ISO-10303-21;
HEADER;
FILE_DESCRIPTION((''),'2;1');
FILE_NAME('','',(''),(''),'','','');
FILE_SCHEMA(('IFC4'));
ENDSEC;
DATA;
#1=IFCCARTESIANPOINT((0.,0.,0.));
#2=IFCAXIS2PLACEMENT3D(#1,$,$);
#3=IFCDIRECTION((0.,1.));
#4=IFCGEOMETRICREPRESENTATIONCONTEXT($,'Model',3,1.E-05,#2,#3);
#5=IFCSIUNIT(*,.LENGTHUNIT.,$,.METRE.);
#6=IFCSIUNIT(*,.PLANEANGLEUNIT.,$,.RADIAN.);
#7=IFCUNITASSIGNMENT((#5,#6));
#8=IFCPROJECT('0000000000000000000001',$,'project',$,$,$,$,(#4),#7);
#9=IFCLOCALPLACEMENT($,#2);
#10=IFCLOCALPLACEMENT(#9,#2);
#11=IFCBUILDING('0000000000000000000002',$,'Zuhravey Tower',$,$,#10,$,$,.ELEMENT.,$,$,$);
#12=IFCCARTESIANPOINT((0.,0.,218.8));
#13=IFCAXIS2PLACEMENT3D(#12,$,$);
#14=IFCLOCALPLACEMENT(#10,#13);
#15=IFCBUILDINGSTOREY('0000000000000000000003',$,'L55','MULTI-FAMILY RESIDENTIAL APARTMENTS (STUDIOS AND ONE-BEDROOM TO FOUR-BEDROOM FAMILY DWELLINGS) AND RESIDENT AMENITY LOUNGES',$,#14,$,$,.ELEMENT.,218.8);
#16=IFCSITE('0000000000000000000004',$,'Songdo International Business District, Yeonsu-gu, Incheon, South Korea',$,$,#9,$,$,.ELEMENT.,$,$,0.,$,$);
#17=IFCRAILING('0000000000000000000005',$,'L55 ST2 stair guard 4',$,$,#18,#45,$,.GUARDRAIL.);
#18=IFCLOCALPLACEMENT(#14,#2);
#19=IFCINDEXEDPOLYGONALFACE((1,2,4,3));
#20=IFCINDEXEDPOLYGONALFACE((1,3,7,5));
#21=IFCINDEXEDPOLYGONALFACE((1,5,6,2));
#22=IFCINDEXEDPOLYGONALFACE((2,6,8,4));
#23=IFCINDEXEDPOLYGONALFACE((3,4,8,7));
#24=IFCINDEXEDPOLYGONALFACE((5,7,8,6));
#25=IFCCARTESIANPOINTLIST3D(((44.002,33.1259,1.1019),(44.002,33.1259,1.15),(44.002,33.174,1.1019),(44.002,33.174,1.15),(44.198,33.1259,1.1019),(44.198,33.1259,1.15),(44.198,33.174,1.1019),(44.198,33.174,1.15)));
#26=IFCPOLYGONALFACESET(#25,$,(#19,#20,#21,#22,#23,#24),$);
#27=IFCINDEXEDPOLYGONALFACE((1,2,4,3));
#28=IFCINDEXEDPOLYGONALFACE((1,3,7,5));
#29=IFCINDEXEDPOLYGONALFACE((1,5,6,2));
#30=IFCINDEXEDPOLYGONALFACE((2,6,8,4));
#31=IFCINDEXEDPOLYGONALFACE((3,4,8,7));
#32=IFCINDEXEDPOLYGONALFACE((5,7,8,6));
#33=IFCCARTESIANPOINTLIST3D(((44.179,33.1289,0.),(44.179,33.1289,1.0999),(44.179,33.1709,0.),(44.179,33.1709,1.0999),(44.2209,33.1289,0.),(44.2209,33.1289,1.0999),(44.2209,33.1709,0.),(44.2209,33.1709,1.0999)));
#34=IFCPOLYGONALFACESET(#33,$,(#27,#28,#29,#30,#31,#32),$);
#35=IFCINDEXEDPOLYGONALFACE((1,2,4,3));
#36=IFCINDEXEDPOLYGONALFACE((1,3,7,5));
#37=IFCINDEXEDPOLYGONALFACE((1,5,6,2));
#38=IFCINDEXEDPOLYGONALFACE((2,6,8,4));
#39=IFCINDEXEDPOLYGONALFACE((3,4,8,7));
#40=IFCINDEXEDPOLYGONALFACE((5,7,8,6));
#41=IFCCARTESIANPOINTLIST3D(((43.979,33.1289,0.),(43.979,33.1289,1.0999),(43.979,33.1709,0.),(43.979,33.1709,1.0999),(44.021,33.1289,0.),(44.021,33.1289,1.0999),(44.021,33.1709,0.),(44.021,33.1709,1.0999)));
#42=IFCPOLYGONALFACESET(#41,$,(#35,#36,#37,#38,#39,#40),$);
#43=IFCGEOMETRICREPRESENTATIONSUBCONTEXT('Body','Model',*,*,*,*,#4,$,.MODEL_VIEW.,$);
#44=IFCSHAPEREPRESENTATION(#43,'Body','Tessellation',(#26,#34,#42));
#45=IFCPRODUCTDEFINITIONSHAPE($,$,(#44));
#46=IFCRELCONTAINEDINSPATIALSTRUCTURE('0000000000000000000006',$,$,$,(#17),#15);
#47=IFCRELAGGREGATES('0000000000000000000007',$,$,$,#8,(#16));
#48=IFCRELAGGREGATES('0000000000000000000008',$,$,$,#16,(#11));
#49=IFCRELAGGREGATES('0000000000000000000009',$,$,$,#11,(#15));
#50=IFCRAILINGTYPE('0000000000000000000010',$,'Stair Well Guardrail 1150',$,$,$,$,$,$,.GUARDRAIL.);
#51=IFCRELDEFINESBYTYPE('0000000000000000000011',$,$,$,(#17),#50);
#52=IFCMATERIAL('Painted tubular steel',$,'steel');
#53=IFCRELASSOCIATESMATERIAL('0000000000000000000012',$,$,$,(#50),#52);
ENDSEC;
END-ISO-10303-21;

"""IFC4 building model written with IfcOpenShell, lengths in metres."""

from ifc_helpers import new_model, si_unit, direction, frame, origin, origin_2d, place, context, subcontext, project, spatial, rectangle, extrude, material, type_object, element, save


model = new_model("IFC4")

# Units and contexts
model_context = context("Model", 3, precision=1e-05, world=origin(), true_north=direction((0.0, 1.0)))
body_context = subcontext(model_context, "Body", "Model", "MODEL_VIEW")
ifc_project = project(units=[si_unit("LENGTHUNIT", "METRE"), si_unit("PLANEANGLEUNIT", "RADIAN")], contexts=[model_context])

# Site, building, storey
site_placement = place(None, origin())
site = spatial("IfcSite", under=ifc_project, at=site_placement, Name="Songdo International Business District, Yeonsu-gu, Incheon, South Korea", CompositionType="ELEMENT", RefElevation=0.0)
building_placement = place(site_placement, origin())
building = spatial("IfcBuilding", under=site, at=building_placement, Name="Zuhravey Tower", CompositionType="ELEMENT")
storey_placement = place(building_placement, frame((0.0, 0.0, 218.8)))
storey = spatial("IfcBuildingStorey", under=building, at=storey_placement, Name="L55", Description="MULTI-FAMILY RESIDENTIAL APARTMENTS (STUDIOS AND ONE-BEDROOM TO FOUR-BEDROOM FAMILY DWELLINGS) AND RESIDENT AMENITY LOUNGES", CompositionType="ELEMENT", Elevation=218.8)

# Railing
ifc_material_1 = material(Name="Painted tubular steel", Category="steel")
railing_type = type_object("IfcRailingType", Name="Stair Well Guardrail 1150", PredefinedType="GUARDRAIL", material=ifc_material_1)
railing_1_placement = place(storey_placement, frame((44.2, 33.1499, 0.0)))
element("IfcRailing", 1, at=railing_1_placement, inside=storey, type_object=railing_type, Name="L55 ST2 stair guard 4", PredefinedType="GUARDRAIL", context=body_context, shape_type="SweptSolid", body=[
    extrude(rectangle(XDim=0.0481, YDim=0.0481, at=origin_2d()), frame((-0.002, 0.0, 1.126), z_axis=(-1.0, 0.0, 0.0), x_axis=(0.0, -1.0, 0.0)), (0.0, 0.0, 1.0), 0.196),
    extrude(rectangle(XDim=0.042, YDim=0.042, at=origin_2d()), origin(), (0.0, 0.0, 1.0), 1.0999),
    extrude(rectangle(XDim=0.042, YDim=0.042, at=origin_2d()), frame((-0.2, 0.0, 0.0)), (0.0, 0.0, 1.0), 1.0999),
])

save(model, "model.ifc")
